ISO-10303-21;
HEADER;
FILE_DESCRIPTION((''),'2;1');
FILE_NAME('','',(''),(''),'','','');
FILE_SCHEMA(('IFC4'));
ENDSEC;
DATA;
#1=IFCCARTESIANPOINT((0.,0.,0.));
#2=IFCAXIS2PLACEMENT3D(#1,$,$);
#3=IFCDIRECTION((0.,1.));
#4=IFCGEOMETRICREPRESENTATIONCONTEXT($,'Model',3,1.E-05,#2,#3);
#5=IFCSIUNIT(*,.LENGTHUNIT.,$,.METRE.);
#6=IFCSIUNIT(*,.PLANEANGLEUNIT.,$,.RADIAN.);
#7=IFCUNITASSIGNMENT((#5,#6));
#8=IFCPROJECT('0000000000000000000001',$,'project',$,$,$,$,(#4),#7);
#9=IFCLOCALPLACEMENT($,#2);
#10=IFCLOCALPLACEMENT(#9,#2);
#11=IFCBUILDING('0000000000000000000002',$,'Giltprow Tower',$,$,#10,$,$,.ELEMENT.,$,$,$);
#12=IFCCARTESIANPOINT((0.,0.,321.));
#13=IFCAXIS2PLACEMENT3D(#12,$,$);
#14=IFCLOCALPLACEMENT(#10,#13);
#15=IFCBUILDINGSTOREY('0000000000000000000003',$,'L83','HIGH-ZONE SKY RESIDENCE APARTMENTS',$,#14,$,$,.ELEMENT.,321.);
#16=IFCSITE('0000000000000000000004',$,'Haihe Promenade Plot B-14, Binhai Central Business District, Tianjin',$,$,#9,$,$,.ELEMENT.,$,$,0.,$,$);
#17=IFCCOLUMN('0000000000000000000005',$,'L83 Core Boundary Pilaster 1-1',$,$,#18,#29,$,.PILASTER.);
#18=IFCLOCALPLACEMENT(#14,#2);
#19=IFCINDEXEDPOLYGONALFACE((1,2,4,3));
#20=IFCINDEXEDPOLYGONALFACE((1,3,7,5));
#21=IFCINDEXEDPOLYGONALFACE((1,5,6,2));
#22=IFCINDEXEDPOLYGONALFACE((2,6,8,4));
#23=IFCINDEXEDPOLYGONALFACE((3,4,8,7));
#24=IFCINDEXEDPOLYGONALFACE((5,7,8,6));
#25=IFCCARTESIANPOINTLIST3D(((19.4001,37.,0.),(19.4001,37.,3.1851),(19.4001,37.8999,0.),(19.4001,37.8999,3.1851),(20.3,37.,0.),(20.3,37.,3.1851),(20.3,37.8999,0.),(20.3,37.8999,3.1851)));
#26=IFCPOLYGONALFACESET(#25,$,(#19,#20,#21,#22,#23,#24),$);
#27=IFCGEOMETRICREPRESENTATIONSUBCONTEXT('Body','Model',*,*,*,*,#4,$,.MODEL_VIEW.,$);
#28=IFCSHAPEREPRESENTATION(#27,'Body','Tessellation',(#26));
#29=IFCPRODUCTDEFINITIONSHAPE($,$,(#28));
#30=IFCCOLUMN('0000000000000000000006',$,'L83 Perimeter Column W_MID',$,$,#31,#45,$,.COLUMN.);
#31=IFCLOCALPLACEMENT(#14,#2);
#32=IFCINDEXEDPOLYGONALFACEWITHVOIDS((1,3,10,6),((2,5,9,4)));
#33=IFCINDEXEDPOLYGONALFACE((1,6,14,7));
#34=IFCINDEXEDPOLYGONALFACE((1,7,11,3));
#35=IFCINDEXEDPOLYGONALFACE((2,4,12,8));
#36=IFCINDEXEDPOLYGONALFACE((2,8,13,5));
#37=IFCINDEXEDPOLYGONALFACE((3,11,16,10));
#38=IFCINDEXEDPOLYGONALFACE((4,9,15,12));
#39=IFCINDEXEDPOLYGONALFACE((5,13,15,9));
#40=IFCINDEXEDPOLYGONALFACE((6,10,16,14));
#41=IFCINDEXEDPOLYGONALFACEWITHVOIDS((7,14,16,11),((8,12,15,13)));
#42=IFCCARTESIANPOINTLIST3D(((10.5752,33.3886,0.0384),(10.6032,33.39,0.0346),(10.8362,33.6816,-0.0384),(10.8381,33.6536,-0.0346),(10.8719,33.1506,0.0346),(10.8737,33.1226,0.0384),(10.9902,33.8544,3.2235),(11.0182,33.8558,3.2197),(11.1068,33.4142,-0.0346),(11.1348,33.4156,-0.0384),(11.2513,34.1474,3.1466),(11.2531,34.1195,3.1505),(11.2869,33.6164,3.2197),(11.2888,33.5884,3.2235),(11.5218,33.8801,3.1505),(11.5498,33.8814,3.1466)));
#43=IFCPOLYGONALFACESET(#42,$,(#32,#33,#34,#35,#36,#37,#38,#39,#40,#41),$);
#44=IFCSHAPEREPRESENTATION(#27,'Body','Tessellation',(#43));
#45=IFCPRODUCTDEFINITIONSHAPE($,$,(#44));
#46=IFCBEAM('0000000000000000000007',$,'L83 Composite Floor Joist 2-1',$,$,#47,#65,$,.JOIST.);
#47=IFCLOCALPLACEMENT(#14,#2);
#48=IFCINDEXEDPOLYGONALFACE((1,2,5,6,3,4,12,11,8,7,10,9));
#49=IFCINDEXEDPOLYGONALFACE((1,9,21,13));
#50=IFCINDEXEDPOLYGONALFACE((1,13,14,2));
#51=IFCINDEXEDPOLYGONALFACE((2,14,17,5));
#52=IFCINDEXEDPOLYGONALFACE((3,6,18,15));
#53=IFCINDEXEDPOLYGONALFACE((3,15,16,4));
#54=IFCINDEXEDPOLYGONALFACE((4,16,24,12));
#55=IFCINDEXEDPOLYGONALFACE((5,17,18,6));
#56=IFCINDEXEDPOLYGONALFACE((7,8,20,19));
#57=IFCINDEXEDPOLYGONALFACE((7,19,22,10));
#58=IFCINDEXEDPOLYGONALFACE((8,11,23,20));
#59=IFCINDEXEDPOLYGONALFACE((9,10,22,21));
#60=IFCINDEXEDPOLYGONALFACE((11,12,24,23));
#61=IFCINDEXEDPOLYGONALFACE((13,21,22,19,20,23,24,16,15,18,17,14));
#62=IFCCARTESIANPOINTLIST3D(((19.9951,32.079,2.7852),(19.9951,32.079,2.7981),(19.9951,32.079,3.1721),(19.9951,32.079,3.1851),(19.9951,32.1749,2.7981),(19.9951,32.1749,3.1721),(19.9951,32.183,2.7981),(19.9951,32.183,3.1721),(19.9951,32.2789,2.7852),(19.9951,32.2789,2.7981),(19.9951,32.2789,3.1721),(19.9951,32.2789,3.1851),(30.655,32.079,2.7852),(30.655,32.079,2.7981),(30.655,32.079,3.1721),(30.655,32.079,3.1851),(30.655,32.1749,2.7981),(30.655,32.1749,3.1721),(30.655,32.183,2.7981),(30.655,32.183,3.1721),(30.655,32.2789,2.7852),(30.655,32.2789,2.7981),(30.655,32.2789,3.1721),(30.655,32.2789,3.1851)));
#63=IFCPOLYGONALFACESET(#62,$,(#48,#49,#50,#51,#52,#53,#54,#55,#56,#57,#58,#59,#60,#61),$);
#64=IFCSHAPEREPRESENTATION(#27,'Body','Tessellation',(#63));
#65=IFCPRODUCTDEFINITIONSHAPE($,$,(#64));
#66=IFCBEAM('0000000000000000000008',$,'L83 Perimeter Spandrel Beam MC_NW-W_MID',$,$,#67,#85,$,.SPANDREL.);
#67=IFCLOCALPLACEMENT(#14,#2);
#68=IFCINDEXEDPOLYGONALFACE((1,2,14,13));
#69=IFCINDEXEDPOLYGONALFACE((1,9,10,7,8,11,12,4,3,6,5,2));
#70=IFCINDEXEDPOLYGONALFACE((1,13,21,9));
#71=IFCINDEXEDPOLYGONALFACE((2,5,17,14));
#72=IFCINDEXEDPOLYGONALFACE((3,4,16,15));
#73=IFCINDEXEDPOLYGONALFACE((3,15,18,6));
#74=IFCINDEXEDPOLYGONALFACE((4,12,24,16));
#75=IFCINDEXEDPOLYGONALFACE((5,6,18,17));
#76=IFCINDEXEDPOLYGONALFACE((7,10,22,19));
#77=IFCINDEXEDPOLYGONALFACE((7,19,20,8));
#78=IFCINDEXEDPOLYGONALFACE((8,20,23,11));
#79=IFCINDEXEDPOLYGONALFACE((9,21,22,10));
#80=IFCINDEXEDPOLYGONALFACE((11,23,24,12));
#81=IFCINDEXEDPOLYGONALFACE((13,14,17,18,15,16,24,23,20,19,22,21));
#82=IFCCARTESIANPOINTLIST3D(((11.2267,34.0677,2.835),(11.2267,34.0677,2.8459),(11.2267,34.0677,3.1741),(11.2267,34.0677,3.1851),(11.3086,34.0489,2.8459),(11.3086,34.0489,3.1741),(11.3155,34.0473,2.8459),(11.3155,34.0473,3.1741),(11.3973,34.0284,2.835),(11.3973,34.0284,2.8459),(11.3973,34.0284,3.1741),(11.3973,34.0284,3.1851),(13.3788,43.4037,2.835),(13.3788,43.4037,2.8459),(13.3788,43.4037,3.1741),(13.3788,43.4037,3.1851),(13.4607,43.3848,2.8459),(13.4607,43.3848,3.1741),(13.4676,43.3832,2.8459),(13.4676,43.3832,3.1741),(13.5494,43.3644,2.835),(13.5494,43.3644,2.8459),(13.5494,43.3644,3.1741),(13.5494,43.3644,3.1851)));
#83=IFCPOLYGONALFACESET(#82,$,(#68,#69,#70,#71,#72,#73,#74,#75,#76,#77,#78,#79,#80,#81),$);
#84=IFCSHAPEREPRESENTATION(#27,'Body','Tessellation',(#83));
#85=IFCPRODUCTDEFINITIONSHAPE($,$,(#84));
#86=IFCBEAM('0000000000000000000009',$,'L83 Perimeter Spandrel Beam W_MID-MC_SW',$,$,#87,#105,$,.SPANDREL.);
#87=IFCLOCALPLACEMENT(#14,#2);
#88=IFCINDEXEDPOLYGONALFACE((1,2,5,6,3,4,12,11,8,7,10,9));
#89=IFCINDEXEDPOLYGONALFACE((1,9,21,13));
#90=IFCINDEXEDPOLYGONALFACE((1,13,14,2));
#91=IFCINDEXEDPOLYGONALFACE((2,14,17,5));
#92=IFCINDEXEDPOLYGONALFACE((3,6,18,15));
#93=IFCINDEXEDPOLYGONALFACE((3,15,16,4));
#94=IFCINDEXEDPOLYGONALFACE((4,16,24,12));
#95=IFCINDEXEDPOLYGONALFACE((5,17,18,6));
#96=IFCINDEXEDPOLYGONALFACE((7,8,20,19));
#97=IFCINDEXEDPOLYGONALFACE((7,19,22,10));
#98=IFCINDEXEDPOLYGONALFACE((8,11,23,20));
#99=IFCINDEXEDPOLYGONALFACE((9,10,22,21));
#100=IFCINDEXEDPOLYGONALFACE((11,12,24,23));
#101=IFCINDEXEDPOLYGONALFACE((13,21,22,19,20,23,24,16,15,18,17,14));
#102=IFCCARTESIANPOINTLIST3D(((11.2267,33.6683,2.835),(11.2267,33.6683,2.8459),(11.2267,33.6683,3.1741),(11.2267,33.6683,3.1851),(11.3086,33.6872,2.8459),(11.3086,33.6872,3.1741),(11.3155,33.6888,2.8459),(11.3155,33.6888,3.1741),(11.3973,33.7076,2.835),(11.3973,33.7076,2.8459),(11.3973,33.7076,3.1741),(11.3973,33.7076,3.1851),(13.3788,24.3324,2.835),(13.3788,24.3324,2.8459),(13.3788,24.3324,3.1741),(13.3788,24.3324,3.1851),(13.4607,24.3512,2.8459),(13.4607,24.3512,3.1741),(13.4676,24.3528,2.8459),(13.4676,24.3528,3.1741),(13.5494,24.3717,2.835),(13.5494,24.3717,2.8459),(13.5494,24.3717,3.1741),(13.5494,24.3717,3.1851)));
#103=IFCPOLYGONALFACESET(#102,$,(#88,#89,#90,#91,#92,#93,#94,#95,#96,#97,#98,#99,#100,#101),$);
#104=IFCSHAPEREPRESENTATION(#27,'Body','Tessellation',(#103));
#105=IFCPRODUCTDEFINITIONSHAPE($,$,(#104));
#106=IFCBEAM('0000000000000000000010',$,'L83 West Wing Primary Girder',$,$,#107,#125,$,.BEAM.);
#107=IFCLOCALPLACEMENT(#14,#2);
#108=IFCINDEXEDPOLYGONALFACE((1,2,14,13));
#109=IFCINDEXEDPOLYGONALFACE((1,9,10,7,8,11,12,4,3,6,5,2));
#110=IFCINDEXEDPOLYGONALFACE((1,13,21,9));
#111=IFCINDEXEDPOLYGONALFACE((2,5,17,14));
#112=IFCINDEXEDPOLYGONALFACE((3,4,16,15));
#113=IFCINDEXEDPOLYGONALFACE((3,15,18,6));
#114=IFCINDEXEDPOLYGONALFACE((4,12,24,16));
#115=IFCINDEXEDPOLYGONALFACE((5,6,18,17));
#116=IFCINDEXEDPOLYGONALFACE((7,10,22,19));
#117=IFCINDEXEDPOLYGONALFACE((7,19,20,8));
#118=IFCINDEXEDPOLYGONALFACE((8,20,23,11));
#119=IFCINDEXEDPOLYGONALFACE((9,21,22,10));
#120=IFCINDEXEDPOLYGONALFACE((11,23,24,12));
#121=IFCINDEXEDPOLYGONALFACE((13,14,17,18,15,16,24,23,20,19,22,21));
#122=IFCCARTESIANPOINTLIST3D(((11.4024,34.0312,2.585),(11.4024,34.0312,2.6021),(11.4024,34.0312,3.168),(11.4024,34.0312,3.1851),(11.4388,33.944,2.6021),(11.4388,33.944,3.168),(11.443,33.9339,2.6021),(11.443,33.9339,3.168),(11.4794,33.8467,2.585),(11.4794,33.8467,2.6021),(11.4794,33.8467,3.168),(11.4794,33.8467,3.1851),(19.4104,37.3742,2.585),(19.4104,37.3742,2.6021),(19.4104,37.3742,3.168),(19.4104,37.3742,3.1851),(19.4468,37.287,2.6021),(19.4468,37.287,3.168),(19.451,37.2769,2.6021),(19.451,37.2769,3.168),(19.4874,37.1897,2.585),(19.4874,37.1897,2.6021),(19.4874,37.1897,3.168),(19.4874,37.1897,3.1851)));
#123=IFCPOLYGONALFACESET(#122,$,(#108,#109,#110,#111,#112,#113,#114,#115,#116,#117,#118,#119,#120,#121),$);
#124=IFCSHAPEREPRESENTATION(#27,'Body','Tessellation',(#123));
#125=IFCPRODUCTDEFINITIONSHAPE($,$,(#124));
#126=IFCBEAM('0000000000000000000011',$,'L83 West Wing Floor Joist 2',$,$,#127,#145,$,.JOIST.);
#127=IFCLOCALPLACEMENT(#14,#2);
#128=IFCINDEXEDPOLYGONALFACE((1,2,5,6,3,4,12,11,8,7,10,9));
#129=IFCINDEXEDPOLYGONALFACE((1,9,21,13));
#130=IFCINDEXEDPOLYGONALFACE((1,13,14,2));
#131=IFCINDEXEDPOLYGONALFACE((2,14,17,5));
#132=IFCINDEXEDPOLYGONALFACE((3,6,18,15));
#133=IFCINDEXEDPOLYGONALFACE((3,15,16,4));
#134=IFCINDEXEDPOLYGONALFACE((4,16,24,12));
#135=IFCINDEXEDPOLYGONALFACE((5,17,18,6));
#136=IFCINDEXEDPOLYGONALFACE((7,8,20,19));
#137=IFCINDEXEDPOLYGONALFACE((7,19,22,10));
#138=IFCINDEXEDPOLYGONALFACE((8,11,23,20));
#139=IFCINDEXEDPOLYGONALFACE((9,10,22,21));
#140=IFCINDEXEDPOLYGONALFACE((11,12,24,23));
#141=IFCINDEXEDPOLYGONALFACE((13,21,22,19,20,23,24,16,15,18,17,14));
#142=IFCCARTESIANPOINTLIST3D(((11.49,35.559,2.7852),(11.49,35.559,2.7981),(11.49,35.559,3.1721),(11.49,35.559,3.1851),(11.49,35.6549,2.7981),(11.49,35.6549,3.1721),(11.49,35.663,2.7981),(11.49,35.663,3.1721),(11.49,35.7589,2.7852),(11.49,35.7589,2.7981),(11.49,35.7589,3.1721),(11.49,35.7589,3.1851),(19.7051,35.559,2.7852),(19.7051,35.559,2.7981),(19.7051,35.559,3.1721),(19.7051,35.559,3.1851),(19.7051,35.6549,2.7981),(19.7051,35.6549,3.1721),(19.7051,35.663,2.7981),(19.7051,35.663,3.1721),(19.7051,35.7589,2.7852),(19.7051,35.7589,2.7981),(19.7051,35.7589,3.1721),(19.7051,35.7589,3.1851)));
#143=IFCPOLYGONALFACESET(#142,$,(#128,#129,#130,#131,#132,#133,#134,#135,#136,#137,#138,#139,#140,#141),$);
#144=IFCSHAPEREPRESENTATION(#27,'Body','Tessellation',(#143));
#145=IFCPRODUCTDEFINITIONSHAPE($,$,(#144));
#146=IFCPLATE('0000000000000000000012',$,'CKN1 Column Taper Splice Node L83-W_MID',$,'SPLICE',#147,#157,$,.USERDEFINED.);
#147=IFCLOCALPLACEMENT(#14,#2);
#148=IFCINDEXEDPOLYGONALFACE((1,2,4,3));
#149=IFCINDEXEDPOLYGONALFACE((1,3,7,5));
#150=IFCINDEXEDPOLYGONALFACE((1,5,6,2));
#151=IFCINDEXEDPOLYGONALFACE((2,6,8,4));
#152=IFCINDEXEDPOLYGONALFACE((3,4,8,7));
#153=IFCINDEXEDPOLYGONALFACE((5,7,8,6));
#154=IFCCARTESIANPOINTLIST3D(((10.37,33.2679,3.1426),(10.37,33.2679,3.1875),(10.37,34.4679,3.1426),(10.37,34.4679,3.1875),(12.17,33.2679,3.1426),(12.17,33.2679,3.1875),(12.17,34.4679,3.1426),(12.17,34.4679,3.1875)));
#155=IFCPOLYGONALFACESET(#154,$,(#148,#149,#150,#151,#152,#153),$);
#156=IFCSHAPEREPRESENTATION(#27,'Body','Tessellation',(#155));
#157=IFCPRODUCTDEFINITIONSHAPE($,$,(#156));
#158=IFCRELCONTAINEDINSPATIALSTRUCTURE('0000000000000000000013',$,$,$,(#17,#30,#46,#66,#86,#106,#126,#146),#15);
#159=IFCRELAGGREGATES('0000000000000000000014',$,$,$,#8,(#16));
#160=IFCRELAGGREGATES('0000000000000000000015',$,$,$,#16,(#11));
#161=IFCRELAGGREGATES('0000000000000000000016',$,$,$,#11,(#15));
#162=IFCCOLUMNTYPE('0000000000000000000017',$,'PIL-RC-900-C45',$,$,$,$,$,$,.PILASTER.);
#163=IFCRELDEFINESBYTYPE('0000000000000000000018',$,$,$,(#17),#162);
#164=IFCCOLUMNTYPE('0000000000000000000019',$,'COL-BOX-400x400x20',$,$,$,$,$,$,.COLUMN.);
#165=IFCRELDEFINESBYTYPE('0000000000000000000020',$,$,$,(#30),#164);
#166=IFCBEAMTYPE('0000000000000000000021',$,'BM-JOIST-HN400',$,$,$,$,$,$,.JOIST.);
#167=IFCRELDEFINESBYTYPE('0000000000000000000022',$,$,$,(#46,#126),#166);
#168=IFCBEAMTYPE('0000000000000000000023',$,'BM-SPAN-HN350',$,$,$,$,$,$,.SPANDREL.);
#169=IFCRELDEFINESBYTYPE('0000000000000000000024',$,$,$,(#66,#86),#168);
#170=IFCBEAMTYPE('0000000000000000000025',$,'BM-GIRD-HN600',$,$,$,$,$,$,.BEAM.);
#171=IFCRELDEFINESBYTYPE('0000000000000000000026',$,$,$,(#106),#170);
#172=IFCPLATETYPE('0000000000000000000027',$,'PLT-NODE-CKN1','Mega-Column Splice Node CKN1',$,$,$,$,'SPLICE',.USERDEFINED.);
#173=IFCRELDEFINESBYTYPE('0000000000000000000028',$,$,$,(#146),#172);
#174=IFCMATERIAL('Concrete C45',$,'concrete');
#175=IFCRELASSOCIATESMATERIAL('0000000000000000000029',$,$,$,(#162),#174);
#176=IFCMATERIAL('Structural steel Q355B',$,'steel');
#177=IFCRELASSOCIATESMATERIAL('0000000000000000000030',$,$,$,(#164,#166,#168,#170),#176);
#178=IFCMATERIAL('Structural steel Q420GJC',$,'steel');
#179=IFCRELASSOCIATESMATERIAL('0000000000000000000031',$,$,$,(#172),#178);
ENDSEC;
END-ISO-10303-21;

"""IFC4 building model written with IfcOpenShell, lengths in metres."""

from ifc_helpers import new_model, si_unit, direction, frame, origin, origin_2d, place, context, subcontext, project, spatial, rectangle, hollow_rectangle, i_section, extrude, source, transform, mapped, material, material_profile, profile_set, type_object, element, save


model = new_model("IFC4")

# Units and contexts
model_context = context("Model", 3, precision=1e-05, world=origin(), true_north=direction((0.0, 1.0)))
body_context = subcontext(model_context, "Body", "Model", "MODEL_VIEW")
ifc_project = project(units=[si_unit("LENGTHUNIT", "METRE"), si_unit("PLANEANGLEUNIT", "RADIAN")], contexts=[model_context])

# Site, building, storey
site_placement = place(None, origin())
site = spatial("IfcSite", under=ifc_project, at=site_placement, Name="Haihe Promenade Plot B-14, Binhai Central Business District, Tianjin", CompositionType="ELEMENT", RefElevation=0.0)
building_placement = place(site_placement, origin())
building = spatial("IfcBuilding", under=site, at=building_placement, Name="Giltprow Tower", CompositionType="ELEMENT")
storey_placement = place(building_placement, frame((0.0, 0.0, 321.0)))
storey = spatial("IfcBuildingStorey", under=building, at=storey_placement, Name="L83", Description="HIGH-ZONE SKY RESIDENCE APARTMENTS", CompositionType="ELEMENT", Elevation=321.0)

# Columns
ifc_material_1 = material(Name="Concrete C45", Category="concrete")
ifc_material_profile_1 = material_profile(ifc_material_1, rectangle(XDim=0.8999, YDim=0.8999, at=origin_2d()), Name="RC 900x900")
ifc_profile_set_1 = profile_set([ifc_material_profile_1], Name="Concrete C45")
column_type_1 = type_object("IfcColumnType", Name="PIL-RC-900-C45", PredefinedType="PILASTER", material=ifc_profile_set_1)
shared_shape_1 = source(origin(), body_context, "Body", "SweptSolid", [
    extrude(rectangle(XDim=0.8999, YDim=0.8999, at=origin_2d()), origin(), (0.0, 0.0, 1.0), 3.1851),
])
column_1_placement = place(storey_placement, frame((19.8501, 37.45, 0.0), z_axis=(0.0, 0.0, 1.0), x_axis=(1.0, 0.0, 0.0)))
element("IfcColumn", 1, at=column_1_placement, inside=storey, type_object=column_type_1, Name="L83 Core Boundary Pilaster 1-1", PredefinedType="PILASTER", context=body_context, shape_type="MappedRepresentation", body=[
    mapped(shared_shape_1, transform((0.0, 0.0, 0.0), x_axis=(1.0, 0.0, 0.0), y_axis=(0.0, 1.0, 0.0), z_axis=(0.0, 0.0, 1.0), scale=1.0)),
])
ifc_material_2 = material(Name="Structural steel Q355B", Category="steel")
ifc_material_profile_2 = material_profile(ifc_material_2, hollow_rectangle(XDim=0.3999, YDim=0.3999, WallThickness=0.02, at=origin_2d()), Name="BOX 400x400x20")
ifc_profile_set_2 = profile_set([ifc_material_profile_2], Name="Structural steel Q355B")
column_type_2 = type_object("IfcColumnType", Name="COL-BOX-400x400x20", PredefinedType="COLUMN", material=ifc_profile_set_2)
shared_shape_2 = source(origin(), body_context, "Body", "SweptSolid", [
    extrude(hollow_rectangle(XDim=0.3999, YDim=0.3999, WallThickness=0.02, at=origin_2d()), origin(), (0.0, 0.0, 1.0), 3.2456),
])
column_2_placement = place(storey_placement, frame((10.855, 33.4021, 0.0), z_axis=(0.127878, 0.143524, 0.98135), x_axis=(-0.746632, 0.665238, 0.0)))
element("IfcColumn", 2, at=column_2_placement, inside=storey, type_object=column_type_2, Name="L83 Perimeter Column W_MID", PredefinedType="COLUMN", context=body_context, shape_type="MappedRepresentation", body=[
    mapped(shared_shape_2, transform((0.0, 0.0, 0.0), x_axis=(1.0, 0.0, 0.0), y_axis=(0.0, 1.0, 0.0), z_axis=(0.0, 0.0, 1.0), scale=1.0)),
])

# Beams
ifc_material_profile_3 = material_profile(ifc_material_2, i_section(OverallWidth=0.2, OverallDepth=0.3999, WebThickness=0.0081, FlangeThickness=0.0129, at=origin_2d()), Name="HN 400x200x8x13")
ifc_profile_set_3 = profile_set([ifc_material_profile_3], Name="Structural steel Q355B")
beam_type_1 = type_object("IfcBeamType", Name="BM-JOIST-HN400", PredefinedType="JOIST", material=ifc_profile_set_3)
shared_shape_3 = source(origin(), body_context, "Body", "SweptSolid", [
    extrude(i_section(OverallWidth=0.2, OverallDepth=0.3999, WebThickness=0.0081, FlangeThickness=0.0129, at=origin_2d()), origin(), (0.0, 0.0, 1.0), 10.6599),
])
beam_1_placement = place(storey_placement, frame((19.9951, 32.179, 2.9851), z_axis=(1.0, 0.0, 0.0), x_axis=(0.0, 1.0, 0.0)))
element("IfcBeam", 3, at=beam_1_placement, inside=storey, type_object=beam_type_1, Name="L83 Composite Floor Joist 2-1", PredefinedType="JOIST", context=body_context, shape_type="MappedRepresentation", body=[
    mapped(shared_shape_3, transform((0.0, 0.0, 0.0), x_axis=(1.0, 0.0, 0.0), y_axis=(0.0, 1.0, 0.0), z_axis=(0.0, 0.0, 1.0), scale=1.0)),
])
ifc_material_profile_4 = material_profile(ifc_material_2, i_section(OverallWidth=0.175, OverallDepth=0.3501, WebThickness=0.0071, FlangeThickness=0.011, at=origin_2d()), Name="HN 350x175x7x11")
ifc_profile_set_4 = profile_set([ifc_material_profile_4], Name="Structural steel Q355B")
beam_type_2 = type_object("IfcBeamType", Name="BM-SPAN-HN350", PredefinedType="SPANDREL", material=ifc_profile_set_4)
shared_shape_4 = source(origin(), body_context, "Body", "SweptSolid", [
    extrude(i_section(OverallWidth=0.175, OverallDepth=0.3501, WebThickness=0.0071, FlangeThickness=0.011, at=origin_2d()), origin(), (0.0, 0.0, 1.0), 9.5808),
])
for number, where, z_axis, x_axis, name in (
    (4, (13.4641, 43.384, 3.01), (-0.224627, -0.974445, 0.0), (0.974445, -0.224627, 0.0), "L83 Perimeter Spandrel Beam MC_NW-W_MID"),
    (5, (11.312, 33.688, 3.01), (0.224627, -0.974445, 0.0), (0.974445, 0.224627, 0.0), "L83 Perimeter Spandrel Beam W_MID-MC_SW"),
):
    element("IfcBeam", number, at=place(storey_placement, frame(where, z_axis=z_axis, x_axis=x_axis)), inside=storey, type_object=beam_type_2, Name=name, PredefinedType="SPANDREL", context=body_context, shape_type="MappedRepresentation", body=[
        mapped(shared_shape_4, transform((0.0, 0.0, 0.0), x_axis=(1.0, 0.0, 0.0), y_axis=(0.0, 1.0, 0.0), z_axis=(0.0, 0.0, 1.0), scale=1.0)),
    ])
ifc_material_profile_5 = material_profile(ifc_material_2, i_section(OverallWidth=0.2, OverallDepth=0.6001, WebThickness=0.011, FlangeThickness=0.0171, at=origin_2d()), Name="HN 600x200x11x17")
ifc_profile_set_5 = profile_set([ifc_material_profile_5], Name="Structural steel Q355B")
beam_type_3 = type_object("IfcBeamType", Name="BM-GIRD-HN600", PredefinedType="BEAM", material=ifc_profile_set_5)
shared_shape_5 = source(origin(), body_context, "Body", "SweptSolid", [
    extrude(i_section(OverallWidth=0.2, OverallDepth=0.6001, WebThickness=0.011, FlangeThickness=0.0171, at=origin_2d()), origin(), (0.0, 0.0, 1.0), 8.6777),
])
beam_2_placement = place(storey_placement, frame((11.4409, 33.939, 2.885), z_axis=(0.922818, 0.385237, 0.0), x_axis=(-0.385237, 0.922818, 0.0)))
element("IfcBeam", 6, at=beam_2_placement, inside=storey, type_object=beam_type_3, Name="L83 West Wing Primary Girder", PredefinedType="BEAM", context=body_context, shape_type="MappedRepresentation", body=[
    mapped(shared_shape_5, transform((0.0, 0.0, 0.0), x_axis=(1.0, 0.0, 0.0), y_axis=(0.0, 1.0, 0.0), z_axis=(0.0, 0.0, 1.0), scale=1.0)),
])
shared_shape_6 = source(origin(), body_context, "Body", "SweptSolid", [
    extrude(i_section(OverallWidth=0.2, OverallDepth=0.3999, WebThickness=0.0081, FlangeThickness=0.0129, at=origin_2d()), origin(), (0.0, 0.0, 1.0), 8.2151),
])
beam_3_placement = place(storey_placement, frame((11.49, 35.6589, 2.9851), z_axis=(1.0, 0.0, 0.0), x_axis=(0.0, 1.0, 0.0)))
element("IfcBeam", 7, at=beam_3_placement, inside=storey, type_object=beam_type_1, Name="L83 West Wing Floor Joist 2", PredefinedType="JOIST", context=body_context, shape_type="MappedRepresentation", body=[
    mapped(shared_shape_6, transform((0.0, 0.0, 0.0), x_axis=(1.0, 0.0, 0.0), y_axis=(0.0, 1.0, 0.0), z_axis=(0.0, 0.0, 1.0), scale=1.0)),
])

# Plate
ifc_material_3 = material(Name="Structural steel Q420GJC", Category="steel")
plate_type = type_object("IfcPlateType", Name="PLT-NODE-CKN1", Description="Mega-Column Splice Node CKN1", ElementType="SPLICE", PredefinedType="USERDEFINED", material=ifc_material_3)
shared_shape_7 = source(origin(), body_context, "Body", "SweptSolid", [
    extrude(rectangle(XDim=1.8, YDim=1.2, at=origin_2d()), origin(), (0.0, 0.0, 1.0), 0.0449),
])
plate_placement = place(storey_placement, frame((11.27, 33.8679, 3.1426), z_axis=(0.0, 0.0, 1.0), x_axis=(1.0, 0.0, 0.0)))
element("IfcPlate", 8, at=plate_placement, inside=storey, type_object=plate_type, Name="CKN1 Column Taper Splice Node L83-W_MID", ObjectType="SPLICE", PredefinedType="USERDEFINED", context=body_context, shape_type="MappedRepresentation", body=[
    mapped(shared_shape_7, transform((0.0, 0.0, 0.0), x_axis=(1.0, 0.0, 0.0), y_axis=(0.0, 1.0, 0.0), z_axis=(0.0, 0.0, 1.0), scale=1.0)),
])

save(model, "model.ifc")
